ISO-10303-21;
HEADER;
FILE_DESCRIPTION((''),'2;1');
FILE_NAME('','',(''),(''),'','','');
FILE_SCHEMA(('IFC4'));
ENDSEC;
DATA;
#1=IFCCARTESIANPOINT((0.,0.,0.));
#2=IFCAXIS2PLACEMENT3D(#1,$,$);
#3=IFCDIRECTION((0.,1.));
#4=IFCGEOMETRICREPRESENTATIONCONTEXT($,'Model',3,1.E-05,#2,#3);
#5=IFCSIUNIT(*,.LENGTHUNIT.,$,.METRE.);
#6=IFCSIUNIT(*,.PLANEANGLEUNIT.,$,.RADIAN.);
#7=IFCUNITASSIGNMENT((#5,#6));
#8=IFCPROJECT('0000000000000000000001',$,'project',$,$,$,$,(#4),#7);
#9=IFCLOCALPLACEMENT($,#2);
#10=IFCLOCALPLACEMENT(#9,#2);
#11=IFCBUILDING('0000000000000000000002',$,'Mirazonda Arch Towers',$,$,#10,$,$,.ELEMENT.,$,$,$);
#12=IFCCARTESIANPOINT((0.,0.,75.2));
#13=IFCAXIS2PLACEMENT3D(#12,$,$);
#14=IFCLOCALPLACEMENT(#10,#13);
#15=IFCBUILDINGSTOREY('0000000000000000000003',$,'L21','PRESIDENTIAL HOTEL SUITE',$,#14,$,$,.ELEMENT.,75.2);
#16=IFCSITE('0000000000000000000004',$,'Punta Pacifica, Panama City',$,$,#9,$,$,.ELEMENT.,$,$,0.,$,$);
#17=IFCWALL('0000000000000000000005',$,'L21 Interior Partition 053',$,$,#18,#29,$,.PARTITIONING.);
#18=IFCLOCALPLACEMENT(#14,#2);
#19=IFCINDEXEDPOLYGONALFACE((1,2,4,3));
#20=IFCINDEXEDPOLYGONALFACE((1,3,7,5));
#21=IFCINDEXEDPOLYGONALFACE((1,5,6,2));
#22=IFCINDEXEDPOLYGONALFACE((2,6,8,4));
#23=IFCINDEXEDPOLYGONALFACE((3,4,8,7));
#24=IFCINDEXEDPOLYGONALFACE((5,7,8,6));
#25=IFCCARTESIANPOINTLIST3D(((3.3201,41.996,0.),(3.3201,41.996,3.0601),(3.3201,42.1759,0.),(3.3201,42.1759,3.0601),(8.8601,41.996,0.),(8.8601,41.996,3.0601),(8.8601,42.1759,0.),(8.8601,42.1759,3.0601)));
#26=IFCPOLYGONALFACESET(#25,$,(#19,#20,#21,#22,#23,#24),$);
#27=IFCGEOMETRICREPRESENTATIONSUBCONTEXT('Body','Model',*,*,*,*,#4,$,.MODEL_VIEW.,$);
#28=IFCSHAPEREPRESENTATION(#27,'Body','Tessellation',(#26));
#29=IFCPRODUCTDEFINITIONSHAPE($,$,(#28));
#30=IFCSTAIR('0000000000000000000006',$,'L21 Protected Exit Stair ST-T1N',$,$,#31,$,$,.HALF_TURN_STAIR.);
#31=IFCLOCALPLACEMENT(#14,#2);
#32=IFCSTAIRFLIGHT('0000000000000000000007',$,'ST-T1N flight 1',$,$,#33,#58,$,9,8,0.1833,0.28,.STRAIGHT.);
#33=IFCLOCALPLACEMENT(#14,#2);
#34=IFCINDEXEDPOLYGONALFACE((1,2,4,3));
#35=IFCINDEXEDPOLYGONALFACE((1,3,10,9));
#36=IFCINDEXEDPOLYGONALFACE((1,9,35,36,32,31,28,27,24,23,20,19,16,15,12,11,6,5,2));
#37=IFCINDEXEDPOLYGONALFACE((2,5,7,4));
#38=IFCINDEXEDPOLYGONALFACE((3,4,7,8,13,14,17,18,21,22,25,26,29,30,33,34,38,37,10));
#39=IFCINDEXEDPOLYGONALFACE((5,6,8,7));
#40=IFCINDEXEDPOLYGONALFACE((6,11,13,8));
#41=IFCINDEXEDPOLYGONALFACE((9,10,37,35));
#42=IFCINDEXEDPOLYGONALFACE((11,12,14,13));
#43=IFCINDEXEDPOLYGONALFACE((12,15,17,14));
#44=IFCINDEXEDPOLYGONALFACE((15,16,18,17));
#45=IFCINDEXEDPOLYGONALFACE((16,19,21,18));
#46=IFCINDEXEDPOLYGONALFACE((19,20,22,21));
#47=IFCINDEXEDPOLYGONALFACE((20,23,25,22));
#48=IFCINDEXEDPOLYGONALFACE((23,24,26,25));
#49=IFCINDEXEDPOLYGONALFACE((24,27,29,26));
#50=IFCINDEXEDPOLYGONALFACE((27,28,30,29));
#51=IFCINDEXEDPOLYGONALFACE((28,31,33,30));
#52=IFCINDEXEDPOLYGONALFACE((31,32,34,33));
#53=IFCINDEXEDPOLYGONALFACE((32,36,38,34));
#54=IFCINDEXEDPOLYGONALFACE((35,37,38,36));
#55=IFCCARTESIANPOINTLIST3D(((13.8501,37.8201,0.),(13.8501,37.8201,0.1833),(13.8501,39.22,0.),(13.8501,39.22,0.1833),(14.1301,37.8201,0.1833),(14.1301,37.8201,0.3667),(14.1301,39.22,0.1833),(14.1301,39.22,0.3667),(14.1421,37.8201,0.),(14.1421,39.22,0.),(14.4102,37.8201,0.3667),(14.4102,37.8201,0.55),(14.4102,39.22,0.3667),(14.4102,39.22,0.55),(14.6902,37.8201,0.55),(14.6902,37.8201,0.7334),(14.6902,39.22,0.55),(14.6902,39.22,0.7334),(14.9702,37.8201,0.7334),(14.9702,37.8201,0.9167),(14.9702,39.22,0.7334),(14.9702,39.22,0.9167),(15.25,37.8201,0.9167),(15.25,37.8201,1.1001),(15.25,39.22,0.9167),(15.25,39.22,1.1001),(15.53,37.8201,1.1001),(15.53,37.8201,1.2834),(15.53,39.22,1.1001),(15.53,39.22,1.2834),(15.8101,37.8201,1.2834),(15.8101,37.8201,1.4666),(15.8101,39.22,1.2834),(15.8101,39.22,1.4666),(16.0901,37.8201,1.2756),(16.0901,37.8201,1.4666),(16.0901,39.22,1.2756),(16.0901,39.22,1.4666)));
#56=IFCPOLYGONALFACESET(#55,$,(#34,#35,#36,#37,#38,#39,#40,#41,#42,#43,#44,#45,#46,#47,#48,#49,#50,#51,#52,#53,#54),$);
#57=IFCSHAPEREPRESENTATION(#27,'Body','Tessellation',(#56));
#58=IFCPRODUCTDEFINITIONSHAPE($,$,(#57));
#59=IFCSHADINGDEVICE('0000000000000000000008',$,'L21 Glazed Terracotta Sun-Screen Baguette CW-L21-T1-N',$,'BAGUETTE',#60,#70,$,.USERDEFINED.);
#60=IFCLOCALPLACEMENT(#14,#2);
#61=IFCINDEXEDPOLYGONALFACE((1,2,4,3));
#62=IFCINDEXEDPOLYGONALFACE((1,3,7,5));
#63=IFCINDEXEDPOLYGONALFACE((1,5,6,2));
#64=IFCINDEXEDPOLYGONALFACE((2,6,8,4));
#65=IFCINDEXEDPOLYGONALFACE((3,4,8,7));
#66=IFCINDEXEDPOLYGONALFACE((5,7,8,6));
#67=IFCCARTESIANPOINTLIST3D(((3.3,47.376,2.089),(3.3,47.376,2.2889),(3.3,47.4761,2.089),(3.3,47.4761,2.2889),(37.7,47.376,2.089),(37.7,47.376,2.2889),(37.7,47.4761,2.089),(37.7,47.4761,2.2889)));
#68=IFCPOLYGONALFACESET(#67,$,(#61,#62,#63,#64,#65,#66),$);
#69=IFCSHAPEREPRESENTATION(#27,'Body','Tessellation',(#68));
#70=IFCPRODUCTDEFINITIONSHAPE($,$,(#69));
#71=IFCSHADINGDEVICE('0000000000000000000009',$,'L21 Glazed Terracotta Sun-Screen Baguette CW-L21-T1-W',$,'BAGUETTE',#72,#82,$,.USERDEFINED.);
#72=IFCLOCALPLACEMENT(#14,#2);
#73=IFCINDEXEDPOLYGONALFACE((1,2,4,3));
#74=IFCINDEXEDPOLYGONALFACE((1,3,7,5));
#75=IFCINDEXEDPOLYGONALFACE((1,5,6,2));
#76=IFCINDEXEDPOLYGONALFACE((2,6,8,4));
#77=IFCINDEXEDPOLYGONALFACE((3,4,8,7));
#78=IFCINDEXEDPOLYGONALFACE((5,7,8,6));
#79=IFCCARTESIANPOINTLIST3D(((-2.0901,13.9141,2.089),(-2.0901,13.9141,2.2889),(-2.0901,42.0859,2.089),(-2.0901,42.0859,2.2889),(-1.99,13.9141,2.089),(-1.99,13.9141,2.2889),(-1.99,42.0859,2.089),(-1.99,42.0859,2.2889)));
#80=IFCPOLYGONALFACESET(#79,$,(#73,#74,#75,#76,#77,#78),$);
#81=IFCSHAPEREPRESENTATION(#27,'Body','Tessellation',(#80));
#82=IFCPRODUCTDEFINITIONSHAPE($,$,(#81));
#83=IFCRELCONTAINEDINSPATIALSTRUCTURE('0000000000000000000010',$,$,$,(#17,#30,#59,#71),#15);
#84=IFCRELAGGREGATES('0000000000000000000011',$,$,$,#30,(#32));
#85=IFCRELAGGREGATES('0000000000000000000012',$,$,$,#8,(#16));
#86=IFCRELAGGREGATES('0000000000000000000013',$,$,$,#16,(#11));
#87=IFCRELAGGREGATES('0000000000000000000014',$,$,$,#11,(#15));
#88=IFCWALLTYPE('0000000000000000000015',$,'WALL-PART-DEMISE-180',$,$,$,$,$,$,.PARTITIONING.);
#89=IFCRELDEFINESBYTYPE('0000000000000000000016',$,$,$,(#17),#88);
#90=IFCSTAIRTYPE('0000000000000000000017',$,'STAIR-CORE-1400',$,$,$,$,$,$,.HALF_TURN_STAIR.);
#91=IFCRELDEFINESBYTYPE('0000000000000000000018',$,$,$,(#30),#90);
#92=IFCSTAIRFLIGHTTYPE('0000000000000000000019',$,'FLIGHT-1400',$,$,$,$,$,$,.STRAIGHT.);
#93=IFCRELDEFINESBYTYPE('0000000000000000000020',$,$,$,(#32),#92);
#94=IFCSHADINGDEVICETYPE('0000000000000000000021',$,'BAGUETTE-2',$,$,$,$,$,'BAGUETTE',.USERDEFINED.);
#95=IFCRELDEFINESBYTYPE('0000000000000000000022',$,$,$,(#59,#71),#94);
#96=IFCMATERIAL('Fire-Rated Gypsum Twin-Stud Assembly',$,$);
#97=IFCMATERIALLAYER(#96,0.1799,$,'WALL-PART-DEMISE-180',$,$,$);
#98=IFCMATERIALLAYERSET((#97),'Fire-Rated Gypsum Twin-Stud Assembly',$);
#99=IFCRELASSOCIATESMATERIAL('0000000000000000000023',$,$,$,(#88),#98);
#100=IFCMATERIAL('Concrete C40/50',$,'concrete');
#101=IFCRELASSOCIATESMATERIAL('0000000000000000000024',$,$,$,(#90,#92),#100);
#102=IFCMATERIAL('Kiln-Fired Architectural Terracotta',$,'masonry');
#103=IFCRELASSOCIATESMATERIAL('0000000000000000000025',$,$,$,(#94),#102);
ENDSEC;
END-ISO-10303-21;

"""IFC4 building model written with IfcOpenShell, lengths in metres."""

from ifc_helpers import new_model, si_unit, direction, frame, frame_2d, origin, origin_2d, place, context, subcontext, project, spatial, polyline, rectangle, outline, extrude, material, layer, layer_set, material_profile, profile_set, type_object, element, aggregate, save


model = new_model("IFC4")

# Units and contexts
model_context = context("Model", 3, precision=1e-05, world=origin(), true_north=direction((0.0, 1.0)))
body_context = subcontext(model_context, "Body", "Model", "MODEL_VIEW")
ifc_project = project(units=[si_unit("LENGTHUNIT", "METRE"), si_unit("PLANEANGLEUNIT", "RADIAN")], contexts=[model_context])

# Site, building, storey
site_placement = place(None, origin())
site = spatial("IfcSite", under=ifc_project, at=site_placement, Name="Punta Pacifica, Panama City", CompositionType="ELEMENT", RefElevation=0.0)
building_placement = place(site_placement, origin())
building = spatial("IfcBuilding", under=site, at=building_placement, Name="Mirazonda Arch Towers", CompositionType="ELEMENT")
storey_placement = place(building_placement, frame((0.0, 0.0, 75.2)))
storey = spatial("IfcBuildingStorey", under=building, at=storey_placement, Name="L21", Description="PRESIDENTIAL HOTEL SUITE", CompositionType="ELEMENT", Elevation=75.2)

# Wall
ifc_material_1 = material(Name="Fire-Rated Gypsum Twin-Stud Assembly")
ifc_layer_1 = layer(ifc_material_1, 0.1799, Name="WALL-PART-DEMISE-180")
ifc_layer_set_1 = layer_set([ifc_layer_1], Name="Fire-Rated Gypsum Twin-Stud Assembly")
wall_type_1 = type_object("IfcWallType", Name="WALL-PART-DEMISE-180", PredefinedType="PARTITIONING", material=ifc_layer_set_1)
wall_1_placement = place(storey_placement, frame((3.3201, 42.0859, 0.0), z_axis=(0.0, 0.0, 1.0), x_axis=(1.0, 0.0, 0.0)))
element("IfcWall", 1, at=wall_1_placement, inside=storey, type_object=wall_type_1, Name="L21 Interior Partition 053", PredefinedType="PARTITIONING", context=body_context, shape_type="SweptSolid", body=[
    extrude(rectangle(XDim=5.54, YDim=0.1799, at=frame_2d((2.77, 0.0))), origin(), (0.0, 0.0, 1.0), 3.0601),
])

# Stair, stair flight
ifc_material_2 = material(Name="Concrete C40/50", Category="concrete")
stair_type = type_object("IfcStairType", Name="STAIR-CORE-1400", PredefinedType="HALF_TURN_STAIR", material=ifc_material_2)
stair_placement = place(storey_placement, origin())
stair = element("IfcStair", 2, at=stair_placement, inside=storey, type_object=stair_type, Name="L21 Protected Exit Stair ST-T1N", PredefinedType="HALF_TURN_STAIR")
stair_flight_type = type_object("IfcStairFlightType", Name="FLIGHT-1400", PredefinedType="STRAIGHT", material=ifc_material_2)
stair_flight_placement = place(storey_placement, frame((13.8501, 38.52, 0.0), z_axis=(0.0, 0.0, 1.0), x_axis=(1.0, 0.0, 0.0)))
stair_flight = element("IfcStairFlight", 3, at=stair_flight_placement, type_object=stair_flight_type, Name="ST-T1N flight 1", NumberOfRisers=9, NumberOfTreads=8, PredefinedType="STRAIGHT", RiserHeight=0.1833, TreadLength=0.28, context=body_context, shape_type="SweptSolid", body=[
    extrude(outline(polyline([(0.0, 0.0), (0.0, 0.1833), (0.28, 0.1833), (0.28, 0.3667), (0.5601, 0.3667), (0.5601, 0.55), (0.8401, 0.55), (0.8401, 0.7334), (1.1201, 0.7334), (1.1201, 0.9167), (1.3999, 0.9167), (1.3999, 1.1001), (1.6799, 1.1001), (1.6799, 1.2834), (1.96, 1.2834), (1.96, 1.4666), (2.24, 1.4666), (2.24, 1.6499), (2.24, 1.2756), (0.292, 0.0), (0.0, 0.0)])), frame((0.0, 0.7, 0.0), z_axis=(0.0, -1.0, 0.0), x_axis=(1.0, 0.0, 0.0)), (0.0, 0.0, 1.0), 1.3999),
])
aggregate(stair, [stair_flight])

# Shading devices
ifc_material_3 = material(Name="Kiln-Fired Architectural Terracotta", Category="masonry")
ifc_material_profile_1 = material_profile(ifc_material_3, rectangle(XDim=0.1001, YDim=0.2, at=origin_2d()), Name="TERRA-BAG-100x200")
ifc_profile_set_1 = profile_set([ifc_material_profile_1], Name="Kiln-Fired Architectural Terracotta")
shading_device_type = type_object("IfcShadingDeviceType", Name="BAGUETTE-2", ElementType="BAGUETTE", PredefinedType="USERDEFINED", material=ifc_profile_set_1)
shading_device_1_placement = place(storey_placement, frame((3.3, 47.426, 2.189), z_axis=(1.0, 0.0, 0.0), x_axis=(0.0, 1.0, 0.0)))
element("IfcShadingDevice", 4, at=shading_device_1_placement, inside=storey, type_object=shading_device_type, Name="L21 Glazed Terracotta Sun-Screen Baguette CW-L21-T1-N", ObjectType="BAGUETTE", PredefinedType="USERDEFINED", context=body_context, shape_type="SweptSolid", body=[
    extrude(rectangle(XDim=0.1001, YDim=0.2, at=origin_2d()), origin(), (0.0, 0.0, 1.0), 34.3999),
])
shading_device_2_placement = place(storey_placement, frame((-2.04, 42.0859, 2.189), z_axis=(0.0, -1.0, 0.0), x_axis=(1.0, 0.0, 0.0)))
element("IfcShadingDevice", 5, at=shading_device_2_placement, inside=storey, type_object=shading_device_type, Name="L21 Glazed Terracotta Sun-Screen Baguette CW-L21-T1-W", ObjectType="BAGUETTE", PredefinedType="USERDEFINED", context=body_context, shape_type="SweptSolid", body=[
    extrude(rectangle(XDim=0.1001, YDim=0.2, at=origin_2d()), origin(), (0.0, 0.0, 1.0), 28.1719),
])

save(model, "model.ifc")
